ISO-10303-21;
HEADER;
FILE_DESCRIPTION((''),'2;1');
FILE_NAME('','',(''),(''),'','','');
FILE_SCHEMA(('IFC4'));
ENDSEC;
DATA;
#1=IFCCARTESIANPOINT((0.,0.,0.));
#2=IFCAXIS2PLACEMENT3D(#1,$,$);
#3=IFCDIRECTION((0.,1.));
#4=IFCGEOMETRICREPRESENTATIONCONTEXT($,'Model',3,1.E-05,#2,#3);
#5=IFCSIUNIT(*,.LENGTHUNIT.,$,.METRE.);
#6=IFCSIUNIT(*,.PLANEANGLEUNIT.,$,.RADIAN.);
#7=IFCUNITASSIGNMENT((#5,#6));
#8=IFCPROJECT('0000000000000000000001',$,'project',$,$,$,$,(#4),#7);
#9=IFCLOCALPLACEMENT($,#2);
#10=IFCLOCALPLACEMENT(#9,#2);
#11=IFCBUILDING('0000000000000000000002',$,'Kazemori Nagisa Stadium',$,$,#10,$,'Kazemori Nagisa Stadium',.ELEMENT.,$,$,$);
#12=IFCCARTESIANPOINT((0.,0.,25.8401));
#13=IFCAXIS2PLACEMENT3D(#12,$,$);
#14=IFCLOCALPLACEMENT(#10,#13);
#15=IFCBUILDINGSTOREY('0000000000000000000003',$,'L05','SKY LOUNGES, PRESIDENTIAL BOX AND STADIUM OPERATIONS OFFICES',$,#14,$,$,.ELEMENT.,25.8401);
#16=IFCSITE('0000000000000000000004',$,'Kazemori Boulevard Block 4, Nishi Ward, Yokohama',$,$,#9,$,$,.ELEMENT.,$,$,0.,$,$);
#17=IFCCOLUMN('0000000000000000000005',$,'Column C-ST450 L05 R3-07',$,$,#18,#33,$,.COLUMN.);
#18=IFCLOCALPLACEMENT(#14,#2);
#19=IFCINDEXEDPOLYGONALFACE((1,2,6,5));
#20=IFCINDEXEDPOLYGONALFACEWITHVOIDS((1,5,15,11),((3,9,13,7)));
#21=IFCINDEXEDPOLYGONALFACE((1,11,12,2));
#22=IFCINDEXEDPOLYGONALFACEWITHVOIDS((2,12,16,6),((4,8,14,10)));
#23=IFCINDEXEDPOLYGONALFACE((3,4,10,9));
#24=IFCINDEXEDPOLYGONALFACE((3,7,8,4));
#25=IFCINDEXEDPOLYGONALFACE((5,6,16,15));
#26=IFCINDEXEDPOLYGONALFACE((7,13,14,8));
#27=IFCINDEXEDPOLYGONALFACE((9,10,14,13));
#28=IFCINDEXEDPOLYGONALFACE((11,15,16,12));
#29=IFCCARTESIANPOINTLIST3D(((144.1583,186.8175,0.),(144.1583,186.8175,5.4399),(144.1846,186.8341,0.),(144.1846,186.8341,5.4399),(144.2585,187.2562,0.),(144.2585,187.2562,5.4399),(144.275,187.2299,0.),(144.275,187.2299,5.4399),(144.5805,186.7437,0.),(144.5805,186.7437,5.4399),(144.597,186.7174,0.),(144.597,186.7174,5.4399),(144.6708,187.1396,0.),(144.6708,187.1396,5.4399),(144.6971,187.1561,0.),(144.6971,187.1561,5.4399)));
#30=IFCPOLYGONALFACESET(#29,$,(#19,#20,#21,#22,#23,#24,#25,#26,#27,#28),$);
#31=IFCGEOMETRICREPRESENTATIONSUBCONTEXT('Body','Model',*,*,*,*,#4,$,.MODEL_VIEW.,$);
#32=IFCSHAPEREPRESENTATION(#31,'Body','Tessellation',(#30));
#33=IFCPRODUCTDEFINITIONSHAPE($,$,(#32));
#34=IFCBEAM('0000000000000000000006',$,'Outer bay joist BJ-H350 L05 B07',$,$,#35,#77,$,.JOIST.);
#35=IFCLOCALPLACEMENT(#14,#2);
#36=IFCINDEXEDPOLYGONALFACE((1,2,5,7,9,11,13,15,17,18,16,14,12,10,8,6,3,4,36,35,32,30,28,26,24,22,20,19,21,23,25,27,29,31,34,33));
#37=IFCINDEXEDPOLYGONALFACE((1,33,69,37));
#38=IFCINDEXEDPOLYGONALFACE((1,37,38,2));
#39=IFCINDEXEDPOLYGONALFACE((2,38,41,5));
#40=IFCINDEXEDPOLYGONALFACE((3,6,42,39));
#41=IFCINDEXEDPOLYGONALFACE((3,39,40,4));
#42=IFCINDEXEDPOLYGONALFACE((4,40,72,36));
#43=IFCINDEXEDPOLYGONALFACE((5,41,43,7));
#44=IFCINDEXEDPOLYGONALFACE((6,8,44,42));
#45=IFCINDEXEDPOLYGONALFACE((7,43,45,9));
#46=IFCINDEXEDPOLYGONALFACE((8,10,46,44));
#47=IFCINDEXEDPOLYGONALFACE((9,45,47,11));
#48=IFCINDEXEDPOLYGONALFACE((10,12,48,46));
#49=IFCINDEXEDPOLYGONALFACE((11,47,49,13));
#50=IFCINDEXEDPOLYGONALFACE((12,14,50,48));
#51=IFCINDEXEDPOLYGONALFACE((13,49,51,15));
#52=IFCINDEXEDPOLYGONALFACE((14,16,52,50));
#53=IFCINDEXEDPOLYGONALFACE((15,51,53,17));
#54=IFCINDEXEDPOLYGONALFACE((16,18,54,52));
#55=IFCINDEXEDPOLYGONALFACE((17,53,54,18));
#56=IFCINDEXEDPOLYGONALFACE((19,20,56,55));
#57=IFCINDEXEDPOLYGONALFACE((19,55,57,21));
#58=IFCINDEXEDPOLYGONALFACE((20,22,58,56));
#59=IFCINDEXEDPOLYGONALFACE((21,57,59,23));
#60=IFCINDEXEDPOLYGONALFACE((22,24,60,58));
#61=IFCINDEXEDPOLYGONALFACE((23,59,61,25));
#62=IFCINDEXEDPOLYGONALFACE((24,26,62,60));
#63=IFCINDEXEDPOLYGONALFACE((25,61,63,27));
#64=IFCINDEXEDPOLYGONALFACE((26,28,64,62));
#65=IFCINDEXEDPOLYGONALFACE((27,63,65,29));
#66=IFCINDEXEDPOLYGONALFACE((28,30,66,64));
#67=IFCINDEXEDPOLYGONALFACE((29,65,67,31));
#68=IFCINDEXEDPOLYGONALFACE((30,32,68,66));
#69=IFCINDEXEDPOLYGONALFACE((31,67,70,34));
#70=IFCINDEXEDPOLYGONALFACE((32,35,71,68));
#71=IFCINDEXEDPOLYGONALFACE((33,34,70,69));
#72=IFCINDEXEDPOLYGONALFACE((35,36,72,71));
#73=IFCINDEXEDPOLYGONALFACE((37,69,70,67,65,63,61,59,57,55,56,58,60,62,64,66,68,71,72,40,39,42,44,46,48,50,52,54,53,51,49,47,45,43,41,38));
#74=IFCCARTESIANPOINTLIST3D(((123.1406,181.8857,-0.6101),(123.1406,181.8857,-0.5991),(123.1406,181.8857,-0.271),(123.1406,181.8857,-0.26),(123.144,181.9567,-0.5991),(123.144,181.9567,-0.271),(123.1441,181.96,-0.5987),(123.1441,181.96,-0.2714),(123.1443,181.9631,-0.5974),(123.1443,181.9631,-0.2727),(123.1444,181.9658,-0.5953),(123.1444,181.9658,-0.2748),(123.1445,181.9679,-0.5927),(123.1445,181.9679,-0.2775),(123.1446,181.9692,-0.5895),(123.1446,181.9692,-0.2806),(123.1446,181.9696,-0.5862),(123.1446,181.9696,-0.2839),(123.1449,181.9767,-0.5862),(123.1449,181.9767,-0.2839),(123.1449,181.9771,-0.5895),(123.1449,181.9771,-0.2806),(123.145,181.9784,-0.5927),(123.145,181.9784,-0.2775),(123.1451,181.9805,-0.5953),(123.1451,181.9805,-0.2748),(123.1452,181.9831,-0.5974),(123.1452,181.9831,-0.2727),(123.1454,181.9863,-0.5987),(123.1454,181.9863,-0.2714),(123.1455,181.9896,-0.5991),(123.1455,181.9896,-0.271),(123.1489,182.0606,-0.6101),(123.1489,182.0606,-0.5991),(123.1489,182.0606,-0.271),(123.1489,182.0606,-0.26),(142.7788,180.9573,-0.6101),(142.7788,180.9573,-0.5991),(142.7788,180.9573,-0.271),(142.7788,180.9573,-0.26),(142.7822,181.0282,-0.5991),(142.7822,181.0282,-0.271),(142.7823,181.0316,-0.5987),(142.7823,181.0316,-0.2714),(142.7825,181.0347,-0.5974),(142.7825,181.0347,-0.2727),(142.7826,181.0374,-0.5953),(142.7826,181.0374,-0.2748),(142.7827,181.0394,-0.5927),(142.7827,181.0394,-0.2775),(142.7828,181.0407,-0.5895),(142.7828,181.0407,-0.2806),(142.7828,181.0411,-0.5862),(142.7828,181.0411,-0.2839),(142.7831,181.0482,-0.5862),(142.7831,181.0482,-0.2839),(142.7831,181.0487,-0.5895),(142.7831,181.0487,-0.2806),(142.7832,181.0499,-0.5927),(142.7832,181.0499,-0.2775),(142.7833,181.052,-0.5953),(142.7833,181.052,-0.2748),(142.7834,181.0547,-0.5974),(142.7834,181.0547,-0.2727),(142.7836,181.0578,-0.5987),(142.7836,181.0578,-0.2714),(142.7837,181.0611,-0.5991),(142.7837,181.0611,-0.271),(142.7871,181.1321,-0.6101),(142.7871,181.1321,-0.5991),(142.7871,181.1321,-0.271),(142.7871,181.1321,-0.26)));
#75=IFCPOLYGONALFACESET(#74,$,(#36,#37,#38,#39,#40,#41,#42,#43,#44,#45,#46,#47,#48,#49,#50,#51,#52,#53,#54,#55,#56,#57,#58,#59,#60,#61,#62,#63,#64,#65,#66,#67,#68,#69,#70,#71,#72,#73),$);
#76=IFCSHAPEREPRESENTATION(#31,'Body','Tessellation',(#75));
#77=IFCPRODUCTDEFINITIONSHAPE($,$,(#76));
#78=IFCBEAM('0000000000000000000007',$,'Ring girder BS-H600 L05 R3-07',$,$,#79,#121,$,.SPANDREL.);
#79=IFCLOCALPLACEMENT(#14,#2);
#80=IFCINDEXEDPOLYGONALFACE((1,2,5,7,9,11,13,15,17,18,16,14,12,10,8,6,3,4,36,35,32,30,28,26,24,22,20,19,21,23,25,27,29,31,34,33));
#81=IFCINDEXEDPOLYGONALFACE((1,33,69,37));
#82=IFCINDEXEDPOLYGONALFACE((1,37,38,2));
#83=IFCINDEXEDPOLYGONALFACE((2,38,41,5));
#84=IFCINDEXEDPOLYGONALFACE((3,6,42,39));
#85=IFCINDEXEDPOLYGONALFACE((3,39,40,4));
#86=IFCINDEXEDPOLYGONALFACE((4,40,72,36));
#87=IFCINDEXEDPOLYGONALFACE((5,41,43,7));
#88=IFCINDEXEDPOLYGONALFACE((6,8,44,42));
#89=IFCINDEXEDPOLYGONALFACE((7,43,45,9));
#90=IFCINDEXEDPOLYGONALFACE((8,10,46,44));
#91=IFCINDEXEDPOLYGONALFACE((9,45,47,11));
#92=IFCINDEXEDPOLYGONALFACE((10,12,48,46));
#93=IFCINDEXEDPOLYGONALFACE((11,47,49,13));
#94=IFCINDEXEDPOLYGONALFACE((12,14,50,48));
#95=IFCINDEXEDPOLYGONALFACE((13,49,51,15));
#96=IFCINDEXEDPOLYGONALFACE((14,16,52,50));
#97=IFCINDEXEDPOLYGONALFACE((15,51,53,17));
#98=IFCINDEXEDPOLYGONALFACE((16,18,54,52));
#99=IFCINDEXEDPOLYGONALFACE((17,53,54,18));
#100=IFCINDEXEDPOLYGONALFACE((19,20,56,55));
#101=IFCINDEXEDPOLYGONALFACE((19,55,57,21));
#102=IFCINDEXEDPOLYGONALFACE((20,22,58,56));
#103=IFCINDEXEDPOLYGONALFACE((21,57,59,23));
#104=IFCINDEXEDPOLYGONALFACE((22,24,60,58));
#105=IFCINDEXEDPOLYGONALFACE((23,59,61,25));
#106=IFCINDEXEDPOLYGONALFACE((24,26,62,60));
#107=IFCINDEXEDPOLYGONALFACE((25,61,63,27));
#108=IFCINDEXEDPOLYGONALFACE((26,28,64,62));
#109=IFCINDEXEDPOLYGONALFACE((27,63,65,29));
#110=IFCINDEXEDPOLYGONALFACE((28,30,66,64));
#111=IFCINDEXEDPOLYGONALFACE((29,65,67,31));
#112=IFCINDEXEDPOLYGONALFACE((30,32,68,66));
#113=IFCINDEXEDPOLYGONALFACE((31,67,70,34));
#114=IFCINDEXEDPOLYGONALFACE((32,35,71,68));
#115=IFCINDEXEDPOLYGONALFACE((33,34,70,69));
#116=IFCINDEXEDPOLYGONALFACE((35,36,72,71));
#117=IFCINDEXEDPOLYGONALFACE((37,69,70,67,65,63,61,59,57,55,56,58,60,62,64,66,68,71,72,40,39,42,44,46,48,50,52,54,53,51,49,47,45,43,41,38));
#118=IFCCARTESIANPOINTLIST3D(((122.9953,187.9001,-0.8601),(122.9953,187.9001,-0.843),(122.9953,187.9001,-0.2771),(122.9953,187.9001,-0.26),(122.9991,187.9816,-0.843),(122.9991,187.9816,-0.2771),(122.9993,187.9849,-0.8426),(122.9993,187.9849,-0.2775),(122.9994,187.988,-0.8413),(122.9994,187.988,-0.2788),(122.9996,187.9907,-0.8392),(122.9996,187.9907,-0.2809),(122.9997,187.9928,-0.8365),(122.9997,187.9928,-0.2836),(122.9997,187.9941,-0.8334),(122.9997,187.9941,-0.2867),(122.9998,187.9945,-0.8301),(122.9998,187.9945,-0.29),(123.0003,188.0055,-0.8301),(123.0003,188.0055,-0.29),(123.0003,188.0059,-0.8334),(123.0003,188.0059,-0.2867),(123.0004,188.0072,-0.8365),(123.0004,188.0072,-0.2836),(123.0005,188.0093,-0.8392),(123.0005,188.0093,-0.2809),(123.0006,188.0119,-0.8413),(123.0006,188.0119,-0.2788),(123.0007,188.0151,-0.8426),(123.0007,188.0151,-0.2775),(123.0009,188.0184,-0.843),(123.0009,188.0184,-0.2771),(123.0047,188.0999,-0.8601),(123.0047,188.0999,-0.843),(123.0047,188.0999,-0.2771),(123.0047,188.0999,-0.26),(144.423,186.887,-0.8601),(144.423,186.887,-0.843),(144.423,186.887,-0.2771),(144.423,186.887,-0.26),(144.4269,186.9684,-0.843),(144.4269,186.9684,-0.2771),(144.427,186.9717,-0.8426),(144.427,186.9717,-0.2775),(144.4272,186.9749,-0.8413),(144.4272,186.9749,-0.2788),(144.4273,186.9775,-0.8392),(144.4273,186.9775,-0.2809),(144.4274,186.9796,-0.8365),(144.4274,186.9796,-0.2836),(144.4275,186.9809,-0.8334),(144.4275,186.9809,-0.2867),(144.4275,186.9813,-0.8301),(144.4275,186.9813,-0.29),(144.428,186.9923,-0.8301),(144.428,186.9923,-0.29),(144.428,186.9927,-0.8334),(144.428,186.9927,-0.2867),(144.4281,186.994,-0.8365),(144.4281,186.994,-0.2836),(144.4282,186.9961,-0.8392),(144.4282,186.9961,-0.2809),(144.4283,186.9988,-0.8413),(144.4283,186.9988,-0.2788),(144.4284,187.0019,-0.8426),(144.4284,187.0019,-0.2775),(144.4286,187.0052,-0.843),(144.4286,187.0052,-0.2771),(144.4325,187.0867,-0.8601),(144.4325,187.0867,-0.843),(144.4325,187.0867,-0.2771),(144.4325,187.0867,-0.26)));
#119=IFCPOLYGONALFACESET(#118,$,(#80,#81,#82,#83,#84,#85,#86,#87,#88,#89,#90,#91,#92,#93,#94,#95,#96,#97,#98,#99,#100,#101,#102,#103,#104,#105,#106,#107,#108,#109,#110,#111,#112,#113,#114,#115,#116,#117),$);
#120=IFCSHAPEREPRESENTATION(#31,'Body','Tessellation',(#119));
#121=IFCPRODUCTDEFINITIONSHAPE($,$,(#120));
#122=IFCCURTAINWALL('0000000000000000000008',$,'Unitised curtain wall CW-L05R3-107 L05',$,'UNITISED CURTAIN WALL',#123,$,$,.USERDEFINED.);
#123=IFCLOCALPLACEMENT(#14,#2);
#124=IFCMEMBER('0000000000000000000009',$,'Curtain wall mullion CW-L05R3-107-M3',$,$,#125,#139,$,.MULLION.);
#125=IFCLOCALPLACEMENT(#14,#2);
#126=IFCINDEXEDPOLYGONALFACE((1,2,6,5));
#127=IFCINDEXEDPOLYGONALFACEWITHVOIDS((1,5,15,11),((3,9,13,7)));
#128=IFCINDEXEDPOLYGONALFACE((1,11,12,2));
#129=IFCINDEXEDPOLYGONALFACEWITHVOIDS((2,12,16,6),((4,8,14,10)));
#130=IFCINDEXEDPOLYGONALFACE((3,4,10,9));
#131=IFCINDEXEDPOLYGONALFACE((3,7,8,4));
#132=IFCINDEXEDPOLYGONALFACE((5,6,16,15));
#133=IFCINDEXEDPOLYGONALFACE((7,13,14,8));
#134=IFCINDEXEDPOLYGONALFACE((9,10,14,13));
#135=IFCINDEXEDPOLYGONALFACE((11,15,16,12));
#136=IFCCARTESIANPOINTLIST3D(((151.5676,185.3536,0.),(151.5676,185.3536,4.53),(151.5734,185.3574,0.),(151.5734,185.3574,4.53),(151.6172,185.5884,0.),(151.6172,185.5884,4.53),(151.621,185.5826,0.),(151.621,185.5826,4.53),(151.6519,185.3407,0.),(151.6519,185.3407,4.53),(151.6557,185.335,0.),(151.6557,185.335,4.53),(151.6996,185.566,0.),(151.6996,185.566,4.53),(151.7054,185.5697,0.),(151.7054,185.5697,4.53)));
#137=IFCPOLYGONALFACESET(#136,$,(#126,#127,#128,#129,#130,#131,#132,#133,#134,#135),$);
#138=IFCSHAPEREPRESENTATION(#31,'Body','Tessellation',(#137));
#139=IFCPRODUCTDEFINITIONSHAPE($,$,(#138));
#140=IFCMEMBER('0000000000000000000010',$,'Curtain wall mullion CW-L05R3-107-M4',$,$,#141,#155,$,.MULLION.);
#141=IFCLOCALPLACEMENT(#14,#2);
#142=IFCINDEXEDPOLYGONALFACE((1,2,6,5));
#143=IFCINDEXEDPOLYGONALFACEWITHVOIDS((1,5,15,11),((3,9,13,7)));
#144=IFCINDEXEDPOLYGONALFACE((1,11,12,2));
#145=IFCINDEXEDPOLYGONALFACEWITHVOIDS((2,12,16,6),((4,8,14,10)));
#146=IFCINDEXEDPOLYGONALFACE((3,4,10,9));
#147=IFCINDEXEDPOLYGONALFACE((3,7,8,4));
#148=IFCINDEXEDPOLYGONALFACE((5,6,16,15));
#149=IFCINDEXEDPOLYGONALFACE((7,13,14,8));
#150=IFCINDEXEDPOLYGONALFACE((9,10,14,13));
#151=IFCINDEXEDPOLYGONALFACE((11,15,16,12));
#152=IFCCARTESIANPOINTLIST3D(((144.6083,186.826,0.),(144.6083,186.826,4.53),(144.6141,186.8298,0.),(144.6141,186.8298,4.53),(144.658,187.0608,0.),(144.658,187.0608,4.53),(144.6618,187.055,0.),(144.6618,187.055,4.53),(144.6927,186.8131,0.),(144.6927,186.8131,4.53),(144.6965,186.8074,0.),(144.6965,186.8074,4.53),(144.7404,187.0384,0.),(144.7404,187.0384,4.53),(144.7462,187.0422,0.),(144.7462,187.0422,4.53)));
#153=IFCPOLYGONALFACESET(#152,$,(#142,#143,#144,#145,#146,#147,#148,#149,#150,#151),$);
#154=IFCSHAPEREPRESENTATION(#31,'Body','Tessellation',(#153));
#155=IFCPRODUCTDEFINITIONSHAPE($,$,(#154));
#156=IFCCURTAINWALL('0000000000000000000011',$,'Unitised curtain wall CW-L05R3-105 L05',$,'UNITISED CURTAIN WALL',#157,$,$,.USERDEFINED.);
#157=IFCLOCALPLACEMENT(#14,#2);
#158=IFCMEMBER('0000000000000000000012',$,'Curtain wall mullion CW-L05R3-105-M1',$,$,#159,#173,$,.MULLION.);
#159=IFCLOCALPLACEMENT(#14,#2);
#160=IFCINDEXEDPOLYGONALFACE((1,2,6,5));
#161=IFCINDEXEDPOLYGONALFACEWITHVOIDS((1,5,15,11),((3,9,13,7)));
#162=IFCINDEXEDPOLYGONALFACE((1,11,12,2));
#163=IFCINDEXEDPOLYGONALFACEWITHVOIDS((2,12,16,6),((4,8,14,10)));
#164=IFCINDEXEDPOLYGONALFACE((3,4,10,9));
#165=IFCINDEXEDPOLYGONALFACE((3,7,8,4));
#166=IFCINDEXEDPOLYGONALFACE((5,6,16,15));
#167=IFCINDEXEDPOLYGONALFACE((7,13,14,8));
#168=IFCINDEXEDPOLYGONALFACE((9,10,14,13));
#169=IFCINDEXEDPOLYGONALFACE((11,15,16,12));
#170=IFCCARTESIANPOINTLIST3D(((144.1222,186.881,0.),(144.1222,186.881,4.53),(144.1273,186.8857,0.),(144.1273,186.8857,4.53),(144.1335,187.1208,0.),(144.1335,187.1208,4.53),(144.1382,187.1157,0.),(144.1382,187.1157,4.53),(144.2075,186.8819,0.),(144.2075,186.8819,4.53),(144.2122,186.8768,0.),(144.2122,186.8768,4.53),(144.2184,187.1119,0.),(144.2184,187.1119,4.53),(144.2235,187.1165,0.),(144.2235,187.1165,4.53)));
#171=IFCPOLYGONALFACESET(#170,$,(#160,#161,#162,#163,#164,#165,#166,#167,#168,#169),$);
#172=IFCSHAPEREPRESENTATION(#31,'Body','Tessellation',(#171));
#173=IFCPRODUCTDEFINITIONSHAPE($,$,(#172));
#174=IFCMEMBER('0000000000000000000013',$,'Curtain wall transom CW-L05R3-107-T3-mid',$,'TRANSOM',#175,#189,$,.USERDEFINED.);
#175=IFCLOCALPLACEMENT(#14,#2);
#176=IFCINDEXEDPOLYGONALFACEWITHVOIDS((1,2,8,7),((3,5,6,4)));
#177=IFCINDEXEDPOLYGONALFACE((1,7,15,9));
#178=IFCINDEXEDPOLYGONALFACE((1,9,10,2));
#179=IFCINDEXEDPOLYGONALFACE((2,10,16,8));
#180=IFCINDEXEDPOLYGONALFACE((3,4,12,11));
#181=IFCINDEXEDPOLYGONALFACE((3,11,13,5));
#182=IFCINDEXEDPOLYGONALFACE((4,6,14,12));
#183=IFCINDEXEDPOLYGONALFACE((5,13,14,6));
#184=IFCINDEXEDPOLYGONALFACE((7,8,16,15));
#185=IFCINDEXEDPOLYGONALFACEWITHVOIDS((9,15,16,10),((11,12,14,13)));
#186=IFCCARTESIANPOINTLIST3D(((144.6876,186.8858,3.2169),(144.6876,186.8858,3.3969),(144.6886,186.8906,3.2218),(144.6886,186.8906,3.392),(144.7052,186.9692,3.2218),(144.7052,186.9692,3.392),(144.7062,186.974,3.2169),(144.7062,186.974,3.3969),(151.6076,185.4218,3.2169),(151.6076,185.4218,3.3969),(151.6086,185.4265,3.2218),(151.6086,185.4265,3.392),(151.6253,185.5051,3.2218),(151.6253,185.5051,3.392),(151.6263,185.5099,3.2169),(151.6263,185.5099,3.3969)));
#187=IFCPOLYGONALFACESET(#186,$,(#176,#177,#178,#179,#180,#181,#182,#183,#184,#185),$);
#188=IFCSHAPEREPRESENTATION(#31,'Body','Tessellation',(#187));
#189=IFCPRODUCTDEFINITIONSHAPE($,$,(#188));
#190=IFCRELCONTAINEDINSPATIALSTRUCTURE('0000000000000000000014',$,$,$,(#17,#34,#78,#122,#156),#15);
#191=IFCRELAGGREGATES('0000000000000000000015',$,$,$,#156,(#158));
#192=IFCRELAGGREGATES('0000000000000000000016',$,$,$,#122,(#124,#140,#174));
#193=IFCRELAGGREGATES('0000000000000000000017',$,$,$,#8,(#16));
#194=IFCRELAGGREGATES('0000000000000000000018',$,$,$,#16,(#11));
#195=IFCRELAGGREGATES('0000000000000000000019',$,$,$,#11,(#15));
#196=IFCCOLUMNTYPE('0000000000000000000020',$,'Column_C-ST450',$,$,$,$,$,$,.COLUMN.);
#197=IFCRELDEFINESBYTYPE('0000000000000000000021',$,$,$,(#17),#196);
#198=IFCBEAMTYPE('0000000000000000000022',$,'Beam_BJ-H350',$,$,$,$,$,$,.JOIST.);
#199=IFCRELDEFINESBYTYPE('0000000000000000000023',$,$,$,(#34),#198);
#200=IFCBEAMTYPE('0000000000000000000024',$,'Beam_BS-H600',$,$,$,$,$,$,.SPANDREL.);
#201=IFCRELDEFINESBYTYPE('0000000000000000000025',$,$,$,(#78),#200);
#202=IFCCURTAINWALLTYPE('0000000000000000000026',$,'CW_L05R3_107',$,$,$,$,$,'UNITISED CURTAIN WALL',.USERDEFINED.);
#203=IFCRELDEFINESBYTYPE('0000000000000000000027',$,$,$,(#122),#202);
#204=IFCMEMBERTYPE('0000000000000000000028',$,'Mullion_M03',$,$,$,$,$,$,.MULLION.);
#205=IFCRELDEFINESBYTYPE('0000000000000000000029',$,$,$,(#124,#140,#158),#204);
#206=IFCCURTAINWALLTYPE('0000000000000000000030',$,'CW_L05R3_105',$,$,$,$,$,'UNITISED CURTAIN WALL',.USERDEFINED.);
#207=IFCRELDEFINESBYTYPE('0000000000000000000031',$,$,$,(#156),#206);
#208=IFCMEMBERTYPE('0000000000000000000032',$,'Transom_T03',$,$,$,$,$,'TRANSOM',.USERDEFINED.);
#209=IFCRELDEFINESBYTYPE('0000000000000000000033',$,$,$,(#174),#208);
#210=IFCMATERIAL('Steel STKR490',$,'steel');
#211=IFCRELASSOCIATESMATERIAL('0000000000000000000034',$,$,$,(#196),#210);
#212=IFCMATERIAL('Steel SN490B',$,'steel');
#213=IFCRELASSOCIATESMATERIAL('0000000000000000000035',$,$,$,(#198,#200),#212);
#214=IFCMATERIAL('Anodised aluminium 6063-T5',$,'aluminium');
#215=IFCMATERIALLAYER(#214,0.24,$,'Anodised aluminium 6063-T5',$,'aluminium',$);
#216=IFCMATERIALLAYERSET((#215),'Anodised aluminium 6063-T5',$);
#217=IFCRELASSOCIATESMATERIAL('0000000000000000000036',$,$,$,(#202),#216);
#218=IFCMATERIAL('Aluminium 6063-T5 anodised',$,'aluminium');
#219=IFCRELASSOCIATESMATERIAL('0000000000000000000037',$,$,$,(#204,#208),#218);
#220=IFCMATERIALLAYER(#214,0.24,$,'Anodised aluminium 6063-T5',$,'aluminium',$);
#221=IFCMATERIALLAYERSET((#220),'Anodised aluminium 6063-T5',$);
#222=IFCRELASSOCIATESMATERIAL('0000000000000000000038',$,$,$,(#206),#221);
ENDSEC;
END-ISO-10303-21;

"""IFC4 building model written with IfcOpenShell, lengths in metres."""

from ifc_helpers import new_model, si_unit, direction, frame, origin, origin_2d, place, context, subcontext, project, spatial, hollow_rectangle, i_section, extrude, material, layer, layer_set, material_profile, profile_set, type_object, element, aggregate, save


model = new_model("IFC4")

# Units and contexts
model_context = context("Model", 3, precision=1e-05, world=origin(), true_north=direction((0.0, 1.0)))
body_context = subcontext(model_context, "Body", "Model", "MODEL_VIEW")
ifc_project = project(units=[si_unit("LENGTHUNIT", "METRE"), si_unit("PLANEANGLEUNIT", "RADIAN")], contexts=[model_context])

# Site, building, storey
site_placement = place(None, origin())
site = spatial("IfcSite", under=ifc_project, at=site_placement, Name="Kazemori Boulevard Block 4, Nishi Ward, Yokohama", CompositionType="ELEMENT", RefElevation=0.0)
building_placement = place(site_placement, origin())
building = spatial("IfcBuilding", under=site, at=building_placement, Name="Kazemori Nagisa Stadium", LongName="Kazemori Nagisa Stadium", CompositionType="ELEMENT")
storey_placement = place(building_placement, frame((0.0, 0.0, 25.8401)))
storey = spatial("IfcBuildingStorey", under=building, at=storey_placement, Name="L05", Description="SKY LOUNGES, PRESIDENTIAL BOX AND STADIUM OPERATIONS OFFICES", CompositionType="ELEMENT", Elevation=25.8401)

# Column
ifc_material_1 = material(Name="Steel STKR490", Category="steel")
ifc_material_profile_1 = material_profile(ifc_material_1, hollow_rectangle(XDim=0.45, YDim=0.45, WallThickness=0.022, at=origin_2d()), Name="SHS-450x450x22")
ifc_profile_set_1 = profile_set([ifc_material_profile_1], Name="Steel STKR490")
column_type = type_object("IfcColumnType", Name="Column_C-ST450", PredefinedType="COLUMN", material=ifc_profile_set_1)
column_placement = place(storey_placement, frame((144.4277, 186.9868, 0.0), z_axis=(0.0, 0.0, 1.0), x_axis=(0.222521, 0.974928, 0.0)))
element("IfcColumn", 1, at=column_placement, inside=storey, type_object=column_type, Name="Column C-ST450 L05 R3-07", PredefinedType="COLUMN", context=body_context, shape_type="SweptSolid", body=[
    extrude(hollow_rectangle(XDim=0.45, YDim=0.45, WallThickness=0.022, at=origin_2d()), origin(), (0.0, 0.0, 1.0), 5.4399),
])

# Beams
ifc_material_2 = material(Name="Steel SN490B", Category="steel")
ifc_material_profile_2 = material_profile(ifc_material_2, i_section(OverallWidth=0.175, OverallDepth=0.3501, WebThickness=0.0071, FlangeThickness=0.011, FilletRadius=0.0129, at=origin_2d()), Name="H-350x175x7x11")
ifc_profile_set_2 = profile_set([ifc_material_profile_2], Name="Steel SN490B")
beam_type_1 = type_object("IfcBeamType", Name="Beam_BJ-H350", PredefinedType="JOIST", material=ifc_profile_set_2)
beam_1_placement = place(storey_placement, frame((142.783, 181.0447, -0.4351), z_axis=(-0.998884, 0.047226, 0.0), x_axis=(-0.047226, -0.998884, 0.0)))
element("IfcBeam", 2, at=beam_1_placement, inside=storey, type_object=beam_type_1, Name="Outer bay joist BJ-H350 L05 B07", PredefinedType="JOIST", context=body_context, shape_type="SweptSolid", body=[
    extrude(i_section(OverallWidth=0.175, OverallDepth=0.3501, WebThickness=0.0071, FlangeThickness=0.011, FilletRadius=0.0129, at=origin_2d()), origin(), (0.0, 0.0, 1.0), 19.6602),
])
ifc_material_profile_3 = material_profile(ifc_material_2, i_section(OverallWidth=0.2, OverallDepth=0.6001, WebThickness=0.011, FlangeThickness=0.0171, FilletRadius=0.0129, at=origin_2d()), Name="H-600x200x11x17")
ifc_profile_set_3 = profile_set([ifc_material_profile_3], Name="Steel SN490B")
beam_type_2 = type_object("IfcBeamType", Name="Beam_BS-H600", PredefinedType="SPANDREL", material=ifc_profile_set_3)
beam_2_placement = place(storey_placement, frame((144.4277, 186.9868, -0.5601), z_axis=(-0.998884, 0.047231, 0.0), x_axis=(-0.047231, -0.998884, 0.0)))
element("IfcBeam", 3, at=beam_2_placement, inside=storey, type_object=beam_type_2, Name="Ring girder BS-H600 L05 R3-07", PredefinedType="SPANDREL", context=body_context, shape_type="SweptSolid", body=[
    extrude(i_section(OverallWidth=0.2, OverallDepth=0.6001, WebThickness=0.011, FlangeThickness=0.0171, FilletRadius=0.0129, at=origin_2d()), origin(), (0.0, 0.0, 1.0), 21.4517),
])

# Curtain wall, members
ifc_material_3 = material(Name="Anodised aluminium 6063-T5", Category="aluminium")
ifc_layer_1 = layer(ifc_material_3, 0.24, Name="Anodised aluminium 6063-T5", Category="aluminium")
ifc_layer_set_1 = layer_set([ifc_layer_1], Name="Anodised aluminium 6063-T5")
curtain_wall_type_1 = type_object("IfcCurtainWallType", Name="CW_L05R3_107", ElementType="UNITISED CURTAIN WALL", PredefinedType="USERDEFINED", material=ifc_layer_set_1)
curtain_wall_1_placement = place(storey_placement, origin())
curtain_wall_1 = element("IfcCurtainWall", 4, at=curtain_wall_1_placement, inside=storey, type_object=curtain_wall_type_1, Name="Unitised curtain wall CW-L05R3-107 L05", ObjectType="UNITISED CURTAIN WALL", PredefinedType="USERDEFINED")
ifc_material_4 = material(Name="Aluminium 6063-T5 anodised", Category="aluminium")
ifc_material_profile_4 = material_profile(ifc_material_4, hollow_rectangle(XDim=0.0901, YDim=0.24, WallThickness=0.0049, at=origin_2d()), Name="ALU-MULL-90x240x5")
ifc_profile_set_4 = profile_set([ifc_material_profile_4], Name="Aluminium 6063-T5 anodised")
member_type_1 = type_object("IfcMemberType", Name="Mullion_M03", PredefinedType="MULLION", material=ifc_profile_set_4)
member_1_placement = place(storey_placement, frame((151.6365, 185.4617, 0.0), z_axis=(0.0, 0.0, 1.0), x_axis=(-0.978345, 0.206981, 0.0)))
member_1 = element("IfcMember", 5, at=member_1_placement, type_object=member_type_1, Name="Curtain wall mullion CW-L05R3-107-M3", PredefinedType="MULLION", context=body_context, shape_type="SweptSolid", body=[
    extrude(hollow_rectangle(XDim=0.0901, YDim=0.24, WallThickness=0.0049, at=origin_2d()), origin(), (0.0, 0.0, 1.0), 4.53),
])
member_2_placement = place(storey_placement, frame((144.6772, 186.9341, 0.0), z_axis=(0.0, 0.0, 1.0), x_axis=(-0.978345, 0.206981, 0.0)))
member_2 = element("IfcMember", 6, at=member_2_placement, type_object=member_type_1, Name="Curtain wall mullion CW-L05R3-107-M4", PredefinedType="MULLION", context=body_context, shape_type="SweptSolid", body=[
    extrude(hollow_rectangle(XDim=0.0901, YDim=0.24, WallThickness=0.0049, at=origin_2d()), origin(), (0.0, 0.0, 1.0), 4.53),
])

# Curtain wall, member
ifc_layer_2 = layer(ifc_material_3, 0.24, Name="Anodised aluminium 6063-T5", Category="aluminium")
ifc_layer_set_2 = layer_set([ifc_layer_2], Name="Anodised aluminium 6063-T5")
curtain_wall_type_2 = type_object("IfcCurtainWallType", Name="CW_L05R3_105", ElementType="UNITISED CURTAIN WALL", PredefinedType="USERDEFINED", material=ifc_layer_set_2)
curtain_wall_2_placement = place(storey_placement, origin())
curtain_wall_2 = element("IfcCurtainWall", 7, at=curtain_wall_2_placement, inside=storey, type_object=curtain_wall_type_2, Name="Unitised curtain wall CW-L05R3-105 L05", ObjectType="UNITISED CURTAIN WALL", PredefinedType="USERDEFINED")
member_3_placement = place(storey_placement, frame((144.1729, 186.9988, 0.0), z_axis=(0.0, 0.0, 1.0), x_axis=(-0.998884, 0.04723, 0.0)))
member_3 = element("IfcMember", 8, at=member_3_placement, type_object=member_type_1, Name="Curtain wall mullion CW-L05R3-105-M1", PredefinedType="MULLION", context=body_context, shape_type="SweptSolid", body=[
    extrude(hollow_rectangle(XDim=0.0901, YDim=0.24, WallThickness=0.0049, at=origin_2d()), origin(), (0.0, 0.0, 1.0), 4.53),
])

# Member
ifc_material_profile_5 = material_profile(ifc_material_4, hollow_rectangle(XDim=0.0901, YDim=0.1799, WallThickness=0.0049, at=origin_2d()), Name="ALU-TRAN-90x180x5")
ifc_profile_set_5 = profile_set([ifc_material_profile_5], Name="Aluminium 6063-T5 anodised")
member_type_2 = type_object("IfcMemberType", Name="Transom_T03", ElementType="TRANSOM", PredefinedType="USERDEFINED", material=ifc_profile_set_5)
member_4_placement = place(storey_placement, frame((151.6169, 185.4658, 3.3069), z_axis=(-0.978343, 0.20699, 0.0), x_axis=(-0.20699, -0.978343, 0.0)))
member_4 = element("IfcMember", 9, at=member_4_placement, type_object=member_type_2, Name="Curtain wall transom CW-L05R3-107-T3-mid", ObjectType="TRANSOM", PredefinedType="USERDEFINED", context=body_context, shape_type="SweptSolid", body=[
    extrude(hollow_rectangle(XDim=0.0901, YDim=0.1799, WallThickness=0.0049, at=origin_2d()), origin(), (0.0, 0.0, 1.0), 7.0732),
])
aggregate(curtain_wall_2, [member_3])

aggregate(curtain_wall_1, [member_1, member_2, member_4])

save(model, "model.ifc")
